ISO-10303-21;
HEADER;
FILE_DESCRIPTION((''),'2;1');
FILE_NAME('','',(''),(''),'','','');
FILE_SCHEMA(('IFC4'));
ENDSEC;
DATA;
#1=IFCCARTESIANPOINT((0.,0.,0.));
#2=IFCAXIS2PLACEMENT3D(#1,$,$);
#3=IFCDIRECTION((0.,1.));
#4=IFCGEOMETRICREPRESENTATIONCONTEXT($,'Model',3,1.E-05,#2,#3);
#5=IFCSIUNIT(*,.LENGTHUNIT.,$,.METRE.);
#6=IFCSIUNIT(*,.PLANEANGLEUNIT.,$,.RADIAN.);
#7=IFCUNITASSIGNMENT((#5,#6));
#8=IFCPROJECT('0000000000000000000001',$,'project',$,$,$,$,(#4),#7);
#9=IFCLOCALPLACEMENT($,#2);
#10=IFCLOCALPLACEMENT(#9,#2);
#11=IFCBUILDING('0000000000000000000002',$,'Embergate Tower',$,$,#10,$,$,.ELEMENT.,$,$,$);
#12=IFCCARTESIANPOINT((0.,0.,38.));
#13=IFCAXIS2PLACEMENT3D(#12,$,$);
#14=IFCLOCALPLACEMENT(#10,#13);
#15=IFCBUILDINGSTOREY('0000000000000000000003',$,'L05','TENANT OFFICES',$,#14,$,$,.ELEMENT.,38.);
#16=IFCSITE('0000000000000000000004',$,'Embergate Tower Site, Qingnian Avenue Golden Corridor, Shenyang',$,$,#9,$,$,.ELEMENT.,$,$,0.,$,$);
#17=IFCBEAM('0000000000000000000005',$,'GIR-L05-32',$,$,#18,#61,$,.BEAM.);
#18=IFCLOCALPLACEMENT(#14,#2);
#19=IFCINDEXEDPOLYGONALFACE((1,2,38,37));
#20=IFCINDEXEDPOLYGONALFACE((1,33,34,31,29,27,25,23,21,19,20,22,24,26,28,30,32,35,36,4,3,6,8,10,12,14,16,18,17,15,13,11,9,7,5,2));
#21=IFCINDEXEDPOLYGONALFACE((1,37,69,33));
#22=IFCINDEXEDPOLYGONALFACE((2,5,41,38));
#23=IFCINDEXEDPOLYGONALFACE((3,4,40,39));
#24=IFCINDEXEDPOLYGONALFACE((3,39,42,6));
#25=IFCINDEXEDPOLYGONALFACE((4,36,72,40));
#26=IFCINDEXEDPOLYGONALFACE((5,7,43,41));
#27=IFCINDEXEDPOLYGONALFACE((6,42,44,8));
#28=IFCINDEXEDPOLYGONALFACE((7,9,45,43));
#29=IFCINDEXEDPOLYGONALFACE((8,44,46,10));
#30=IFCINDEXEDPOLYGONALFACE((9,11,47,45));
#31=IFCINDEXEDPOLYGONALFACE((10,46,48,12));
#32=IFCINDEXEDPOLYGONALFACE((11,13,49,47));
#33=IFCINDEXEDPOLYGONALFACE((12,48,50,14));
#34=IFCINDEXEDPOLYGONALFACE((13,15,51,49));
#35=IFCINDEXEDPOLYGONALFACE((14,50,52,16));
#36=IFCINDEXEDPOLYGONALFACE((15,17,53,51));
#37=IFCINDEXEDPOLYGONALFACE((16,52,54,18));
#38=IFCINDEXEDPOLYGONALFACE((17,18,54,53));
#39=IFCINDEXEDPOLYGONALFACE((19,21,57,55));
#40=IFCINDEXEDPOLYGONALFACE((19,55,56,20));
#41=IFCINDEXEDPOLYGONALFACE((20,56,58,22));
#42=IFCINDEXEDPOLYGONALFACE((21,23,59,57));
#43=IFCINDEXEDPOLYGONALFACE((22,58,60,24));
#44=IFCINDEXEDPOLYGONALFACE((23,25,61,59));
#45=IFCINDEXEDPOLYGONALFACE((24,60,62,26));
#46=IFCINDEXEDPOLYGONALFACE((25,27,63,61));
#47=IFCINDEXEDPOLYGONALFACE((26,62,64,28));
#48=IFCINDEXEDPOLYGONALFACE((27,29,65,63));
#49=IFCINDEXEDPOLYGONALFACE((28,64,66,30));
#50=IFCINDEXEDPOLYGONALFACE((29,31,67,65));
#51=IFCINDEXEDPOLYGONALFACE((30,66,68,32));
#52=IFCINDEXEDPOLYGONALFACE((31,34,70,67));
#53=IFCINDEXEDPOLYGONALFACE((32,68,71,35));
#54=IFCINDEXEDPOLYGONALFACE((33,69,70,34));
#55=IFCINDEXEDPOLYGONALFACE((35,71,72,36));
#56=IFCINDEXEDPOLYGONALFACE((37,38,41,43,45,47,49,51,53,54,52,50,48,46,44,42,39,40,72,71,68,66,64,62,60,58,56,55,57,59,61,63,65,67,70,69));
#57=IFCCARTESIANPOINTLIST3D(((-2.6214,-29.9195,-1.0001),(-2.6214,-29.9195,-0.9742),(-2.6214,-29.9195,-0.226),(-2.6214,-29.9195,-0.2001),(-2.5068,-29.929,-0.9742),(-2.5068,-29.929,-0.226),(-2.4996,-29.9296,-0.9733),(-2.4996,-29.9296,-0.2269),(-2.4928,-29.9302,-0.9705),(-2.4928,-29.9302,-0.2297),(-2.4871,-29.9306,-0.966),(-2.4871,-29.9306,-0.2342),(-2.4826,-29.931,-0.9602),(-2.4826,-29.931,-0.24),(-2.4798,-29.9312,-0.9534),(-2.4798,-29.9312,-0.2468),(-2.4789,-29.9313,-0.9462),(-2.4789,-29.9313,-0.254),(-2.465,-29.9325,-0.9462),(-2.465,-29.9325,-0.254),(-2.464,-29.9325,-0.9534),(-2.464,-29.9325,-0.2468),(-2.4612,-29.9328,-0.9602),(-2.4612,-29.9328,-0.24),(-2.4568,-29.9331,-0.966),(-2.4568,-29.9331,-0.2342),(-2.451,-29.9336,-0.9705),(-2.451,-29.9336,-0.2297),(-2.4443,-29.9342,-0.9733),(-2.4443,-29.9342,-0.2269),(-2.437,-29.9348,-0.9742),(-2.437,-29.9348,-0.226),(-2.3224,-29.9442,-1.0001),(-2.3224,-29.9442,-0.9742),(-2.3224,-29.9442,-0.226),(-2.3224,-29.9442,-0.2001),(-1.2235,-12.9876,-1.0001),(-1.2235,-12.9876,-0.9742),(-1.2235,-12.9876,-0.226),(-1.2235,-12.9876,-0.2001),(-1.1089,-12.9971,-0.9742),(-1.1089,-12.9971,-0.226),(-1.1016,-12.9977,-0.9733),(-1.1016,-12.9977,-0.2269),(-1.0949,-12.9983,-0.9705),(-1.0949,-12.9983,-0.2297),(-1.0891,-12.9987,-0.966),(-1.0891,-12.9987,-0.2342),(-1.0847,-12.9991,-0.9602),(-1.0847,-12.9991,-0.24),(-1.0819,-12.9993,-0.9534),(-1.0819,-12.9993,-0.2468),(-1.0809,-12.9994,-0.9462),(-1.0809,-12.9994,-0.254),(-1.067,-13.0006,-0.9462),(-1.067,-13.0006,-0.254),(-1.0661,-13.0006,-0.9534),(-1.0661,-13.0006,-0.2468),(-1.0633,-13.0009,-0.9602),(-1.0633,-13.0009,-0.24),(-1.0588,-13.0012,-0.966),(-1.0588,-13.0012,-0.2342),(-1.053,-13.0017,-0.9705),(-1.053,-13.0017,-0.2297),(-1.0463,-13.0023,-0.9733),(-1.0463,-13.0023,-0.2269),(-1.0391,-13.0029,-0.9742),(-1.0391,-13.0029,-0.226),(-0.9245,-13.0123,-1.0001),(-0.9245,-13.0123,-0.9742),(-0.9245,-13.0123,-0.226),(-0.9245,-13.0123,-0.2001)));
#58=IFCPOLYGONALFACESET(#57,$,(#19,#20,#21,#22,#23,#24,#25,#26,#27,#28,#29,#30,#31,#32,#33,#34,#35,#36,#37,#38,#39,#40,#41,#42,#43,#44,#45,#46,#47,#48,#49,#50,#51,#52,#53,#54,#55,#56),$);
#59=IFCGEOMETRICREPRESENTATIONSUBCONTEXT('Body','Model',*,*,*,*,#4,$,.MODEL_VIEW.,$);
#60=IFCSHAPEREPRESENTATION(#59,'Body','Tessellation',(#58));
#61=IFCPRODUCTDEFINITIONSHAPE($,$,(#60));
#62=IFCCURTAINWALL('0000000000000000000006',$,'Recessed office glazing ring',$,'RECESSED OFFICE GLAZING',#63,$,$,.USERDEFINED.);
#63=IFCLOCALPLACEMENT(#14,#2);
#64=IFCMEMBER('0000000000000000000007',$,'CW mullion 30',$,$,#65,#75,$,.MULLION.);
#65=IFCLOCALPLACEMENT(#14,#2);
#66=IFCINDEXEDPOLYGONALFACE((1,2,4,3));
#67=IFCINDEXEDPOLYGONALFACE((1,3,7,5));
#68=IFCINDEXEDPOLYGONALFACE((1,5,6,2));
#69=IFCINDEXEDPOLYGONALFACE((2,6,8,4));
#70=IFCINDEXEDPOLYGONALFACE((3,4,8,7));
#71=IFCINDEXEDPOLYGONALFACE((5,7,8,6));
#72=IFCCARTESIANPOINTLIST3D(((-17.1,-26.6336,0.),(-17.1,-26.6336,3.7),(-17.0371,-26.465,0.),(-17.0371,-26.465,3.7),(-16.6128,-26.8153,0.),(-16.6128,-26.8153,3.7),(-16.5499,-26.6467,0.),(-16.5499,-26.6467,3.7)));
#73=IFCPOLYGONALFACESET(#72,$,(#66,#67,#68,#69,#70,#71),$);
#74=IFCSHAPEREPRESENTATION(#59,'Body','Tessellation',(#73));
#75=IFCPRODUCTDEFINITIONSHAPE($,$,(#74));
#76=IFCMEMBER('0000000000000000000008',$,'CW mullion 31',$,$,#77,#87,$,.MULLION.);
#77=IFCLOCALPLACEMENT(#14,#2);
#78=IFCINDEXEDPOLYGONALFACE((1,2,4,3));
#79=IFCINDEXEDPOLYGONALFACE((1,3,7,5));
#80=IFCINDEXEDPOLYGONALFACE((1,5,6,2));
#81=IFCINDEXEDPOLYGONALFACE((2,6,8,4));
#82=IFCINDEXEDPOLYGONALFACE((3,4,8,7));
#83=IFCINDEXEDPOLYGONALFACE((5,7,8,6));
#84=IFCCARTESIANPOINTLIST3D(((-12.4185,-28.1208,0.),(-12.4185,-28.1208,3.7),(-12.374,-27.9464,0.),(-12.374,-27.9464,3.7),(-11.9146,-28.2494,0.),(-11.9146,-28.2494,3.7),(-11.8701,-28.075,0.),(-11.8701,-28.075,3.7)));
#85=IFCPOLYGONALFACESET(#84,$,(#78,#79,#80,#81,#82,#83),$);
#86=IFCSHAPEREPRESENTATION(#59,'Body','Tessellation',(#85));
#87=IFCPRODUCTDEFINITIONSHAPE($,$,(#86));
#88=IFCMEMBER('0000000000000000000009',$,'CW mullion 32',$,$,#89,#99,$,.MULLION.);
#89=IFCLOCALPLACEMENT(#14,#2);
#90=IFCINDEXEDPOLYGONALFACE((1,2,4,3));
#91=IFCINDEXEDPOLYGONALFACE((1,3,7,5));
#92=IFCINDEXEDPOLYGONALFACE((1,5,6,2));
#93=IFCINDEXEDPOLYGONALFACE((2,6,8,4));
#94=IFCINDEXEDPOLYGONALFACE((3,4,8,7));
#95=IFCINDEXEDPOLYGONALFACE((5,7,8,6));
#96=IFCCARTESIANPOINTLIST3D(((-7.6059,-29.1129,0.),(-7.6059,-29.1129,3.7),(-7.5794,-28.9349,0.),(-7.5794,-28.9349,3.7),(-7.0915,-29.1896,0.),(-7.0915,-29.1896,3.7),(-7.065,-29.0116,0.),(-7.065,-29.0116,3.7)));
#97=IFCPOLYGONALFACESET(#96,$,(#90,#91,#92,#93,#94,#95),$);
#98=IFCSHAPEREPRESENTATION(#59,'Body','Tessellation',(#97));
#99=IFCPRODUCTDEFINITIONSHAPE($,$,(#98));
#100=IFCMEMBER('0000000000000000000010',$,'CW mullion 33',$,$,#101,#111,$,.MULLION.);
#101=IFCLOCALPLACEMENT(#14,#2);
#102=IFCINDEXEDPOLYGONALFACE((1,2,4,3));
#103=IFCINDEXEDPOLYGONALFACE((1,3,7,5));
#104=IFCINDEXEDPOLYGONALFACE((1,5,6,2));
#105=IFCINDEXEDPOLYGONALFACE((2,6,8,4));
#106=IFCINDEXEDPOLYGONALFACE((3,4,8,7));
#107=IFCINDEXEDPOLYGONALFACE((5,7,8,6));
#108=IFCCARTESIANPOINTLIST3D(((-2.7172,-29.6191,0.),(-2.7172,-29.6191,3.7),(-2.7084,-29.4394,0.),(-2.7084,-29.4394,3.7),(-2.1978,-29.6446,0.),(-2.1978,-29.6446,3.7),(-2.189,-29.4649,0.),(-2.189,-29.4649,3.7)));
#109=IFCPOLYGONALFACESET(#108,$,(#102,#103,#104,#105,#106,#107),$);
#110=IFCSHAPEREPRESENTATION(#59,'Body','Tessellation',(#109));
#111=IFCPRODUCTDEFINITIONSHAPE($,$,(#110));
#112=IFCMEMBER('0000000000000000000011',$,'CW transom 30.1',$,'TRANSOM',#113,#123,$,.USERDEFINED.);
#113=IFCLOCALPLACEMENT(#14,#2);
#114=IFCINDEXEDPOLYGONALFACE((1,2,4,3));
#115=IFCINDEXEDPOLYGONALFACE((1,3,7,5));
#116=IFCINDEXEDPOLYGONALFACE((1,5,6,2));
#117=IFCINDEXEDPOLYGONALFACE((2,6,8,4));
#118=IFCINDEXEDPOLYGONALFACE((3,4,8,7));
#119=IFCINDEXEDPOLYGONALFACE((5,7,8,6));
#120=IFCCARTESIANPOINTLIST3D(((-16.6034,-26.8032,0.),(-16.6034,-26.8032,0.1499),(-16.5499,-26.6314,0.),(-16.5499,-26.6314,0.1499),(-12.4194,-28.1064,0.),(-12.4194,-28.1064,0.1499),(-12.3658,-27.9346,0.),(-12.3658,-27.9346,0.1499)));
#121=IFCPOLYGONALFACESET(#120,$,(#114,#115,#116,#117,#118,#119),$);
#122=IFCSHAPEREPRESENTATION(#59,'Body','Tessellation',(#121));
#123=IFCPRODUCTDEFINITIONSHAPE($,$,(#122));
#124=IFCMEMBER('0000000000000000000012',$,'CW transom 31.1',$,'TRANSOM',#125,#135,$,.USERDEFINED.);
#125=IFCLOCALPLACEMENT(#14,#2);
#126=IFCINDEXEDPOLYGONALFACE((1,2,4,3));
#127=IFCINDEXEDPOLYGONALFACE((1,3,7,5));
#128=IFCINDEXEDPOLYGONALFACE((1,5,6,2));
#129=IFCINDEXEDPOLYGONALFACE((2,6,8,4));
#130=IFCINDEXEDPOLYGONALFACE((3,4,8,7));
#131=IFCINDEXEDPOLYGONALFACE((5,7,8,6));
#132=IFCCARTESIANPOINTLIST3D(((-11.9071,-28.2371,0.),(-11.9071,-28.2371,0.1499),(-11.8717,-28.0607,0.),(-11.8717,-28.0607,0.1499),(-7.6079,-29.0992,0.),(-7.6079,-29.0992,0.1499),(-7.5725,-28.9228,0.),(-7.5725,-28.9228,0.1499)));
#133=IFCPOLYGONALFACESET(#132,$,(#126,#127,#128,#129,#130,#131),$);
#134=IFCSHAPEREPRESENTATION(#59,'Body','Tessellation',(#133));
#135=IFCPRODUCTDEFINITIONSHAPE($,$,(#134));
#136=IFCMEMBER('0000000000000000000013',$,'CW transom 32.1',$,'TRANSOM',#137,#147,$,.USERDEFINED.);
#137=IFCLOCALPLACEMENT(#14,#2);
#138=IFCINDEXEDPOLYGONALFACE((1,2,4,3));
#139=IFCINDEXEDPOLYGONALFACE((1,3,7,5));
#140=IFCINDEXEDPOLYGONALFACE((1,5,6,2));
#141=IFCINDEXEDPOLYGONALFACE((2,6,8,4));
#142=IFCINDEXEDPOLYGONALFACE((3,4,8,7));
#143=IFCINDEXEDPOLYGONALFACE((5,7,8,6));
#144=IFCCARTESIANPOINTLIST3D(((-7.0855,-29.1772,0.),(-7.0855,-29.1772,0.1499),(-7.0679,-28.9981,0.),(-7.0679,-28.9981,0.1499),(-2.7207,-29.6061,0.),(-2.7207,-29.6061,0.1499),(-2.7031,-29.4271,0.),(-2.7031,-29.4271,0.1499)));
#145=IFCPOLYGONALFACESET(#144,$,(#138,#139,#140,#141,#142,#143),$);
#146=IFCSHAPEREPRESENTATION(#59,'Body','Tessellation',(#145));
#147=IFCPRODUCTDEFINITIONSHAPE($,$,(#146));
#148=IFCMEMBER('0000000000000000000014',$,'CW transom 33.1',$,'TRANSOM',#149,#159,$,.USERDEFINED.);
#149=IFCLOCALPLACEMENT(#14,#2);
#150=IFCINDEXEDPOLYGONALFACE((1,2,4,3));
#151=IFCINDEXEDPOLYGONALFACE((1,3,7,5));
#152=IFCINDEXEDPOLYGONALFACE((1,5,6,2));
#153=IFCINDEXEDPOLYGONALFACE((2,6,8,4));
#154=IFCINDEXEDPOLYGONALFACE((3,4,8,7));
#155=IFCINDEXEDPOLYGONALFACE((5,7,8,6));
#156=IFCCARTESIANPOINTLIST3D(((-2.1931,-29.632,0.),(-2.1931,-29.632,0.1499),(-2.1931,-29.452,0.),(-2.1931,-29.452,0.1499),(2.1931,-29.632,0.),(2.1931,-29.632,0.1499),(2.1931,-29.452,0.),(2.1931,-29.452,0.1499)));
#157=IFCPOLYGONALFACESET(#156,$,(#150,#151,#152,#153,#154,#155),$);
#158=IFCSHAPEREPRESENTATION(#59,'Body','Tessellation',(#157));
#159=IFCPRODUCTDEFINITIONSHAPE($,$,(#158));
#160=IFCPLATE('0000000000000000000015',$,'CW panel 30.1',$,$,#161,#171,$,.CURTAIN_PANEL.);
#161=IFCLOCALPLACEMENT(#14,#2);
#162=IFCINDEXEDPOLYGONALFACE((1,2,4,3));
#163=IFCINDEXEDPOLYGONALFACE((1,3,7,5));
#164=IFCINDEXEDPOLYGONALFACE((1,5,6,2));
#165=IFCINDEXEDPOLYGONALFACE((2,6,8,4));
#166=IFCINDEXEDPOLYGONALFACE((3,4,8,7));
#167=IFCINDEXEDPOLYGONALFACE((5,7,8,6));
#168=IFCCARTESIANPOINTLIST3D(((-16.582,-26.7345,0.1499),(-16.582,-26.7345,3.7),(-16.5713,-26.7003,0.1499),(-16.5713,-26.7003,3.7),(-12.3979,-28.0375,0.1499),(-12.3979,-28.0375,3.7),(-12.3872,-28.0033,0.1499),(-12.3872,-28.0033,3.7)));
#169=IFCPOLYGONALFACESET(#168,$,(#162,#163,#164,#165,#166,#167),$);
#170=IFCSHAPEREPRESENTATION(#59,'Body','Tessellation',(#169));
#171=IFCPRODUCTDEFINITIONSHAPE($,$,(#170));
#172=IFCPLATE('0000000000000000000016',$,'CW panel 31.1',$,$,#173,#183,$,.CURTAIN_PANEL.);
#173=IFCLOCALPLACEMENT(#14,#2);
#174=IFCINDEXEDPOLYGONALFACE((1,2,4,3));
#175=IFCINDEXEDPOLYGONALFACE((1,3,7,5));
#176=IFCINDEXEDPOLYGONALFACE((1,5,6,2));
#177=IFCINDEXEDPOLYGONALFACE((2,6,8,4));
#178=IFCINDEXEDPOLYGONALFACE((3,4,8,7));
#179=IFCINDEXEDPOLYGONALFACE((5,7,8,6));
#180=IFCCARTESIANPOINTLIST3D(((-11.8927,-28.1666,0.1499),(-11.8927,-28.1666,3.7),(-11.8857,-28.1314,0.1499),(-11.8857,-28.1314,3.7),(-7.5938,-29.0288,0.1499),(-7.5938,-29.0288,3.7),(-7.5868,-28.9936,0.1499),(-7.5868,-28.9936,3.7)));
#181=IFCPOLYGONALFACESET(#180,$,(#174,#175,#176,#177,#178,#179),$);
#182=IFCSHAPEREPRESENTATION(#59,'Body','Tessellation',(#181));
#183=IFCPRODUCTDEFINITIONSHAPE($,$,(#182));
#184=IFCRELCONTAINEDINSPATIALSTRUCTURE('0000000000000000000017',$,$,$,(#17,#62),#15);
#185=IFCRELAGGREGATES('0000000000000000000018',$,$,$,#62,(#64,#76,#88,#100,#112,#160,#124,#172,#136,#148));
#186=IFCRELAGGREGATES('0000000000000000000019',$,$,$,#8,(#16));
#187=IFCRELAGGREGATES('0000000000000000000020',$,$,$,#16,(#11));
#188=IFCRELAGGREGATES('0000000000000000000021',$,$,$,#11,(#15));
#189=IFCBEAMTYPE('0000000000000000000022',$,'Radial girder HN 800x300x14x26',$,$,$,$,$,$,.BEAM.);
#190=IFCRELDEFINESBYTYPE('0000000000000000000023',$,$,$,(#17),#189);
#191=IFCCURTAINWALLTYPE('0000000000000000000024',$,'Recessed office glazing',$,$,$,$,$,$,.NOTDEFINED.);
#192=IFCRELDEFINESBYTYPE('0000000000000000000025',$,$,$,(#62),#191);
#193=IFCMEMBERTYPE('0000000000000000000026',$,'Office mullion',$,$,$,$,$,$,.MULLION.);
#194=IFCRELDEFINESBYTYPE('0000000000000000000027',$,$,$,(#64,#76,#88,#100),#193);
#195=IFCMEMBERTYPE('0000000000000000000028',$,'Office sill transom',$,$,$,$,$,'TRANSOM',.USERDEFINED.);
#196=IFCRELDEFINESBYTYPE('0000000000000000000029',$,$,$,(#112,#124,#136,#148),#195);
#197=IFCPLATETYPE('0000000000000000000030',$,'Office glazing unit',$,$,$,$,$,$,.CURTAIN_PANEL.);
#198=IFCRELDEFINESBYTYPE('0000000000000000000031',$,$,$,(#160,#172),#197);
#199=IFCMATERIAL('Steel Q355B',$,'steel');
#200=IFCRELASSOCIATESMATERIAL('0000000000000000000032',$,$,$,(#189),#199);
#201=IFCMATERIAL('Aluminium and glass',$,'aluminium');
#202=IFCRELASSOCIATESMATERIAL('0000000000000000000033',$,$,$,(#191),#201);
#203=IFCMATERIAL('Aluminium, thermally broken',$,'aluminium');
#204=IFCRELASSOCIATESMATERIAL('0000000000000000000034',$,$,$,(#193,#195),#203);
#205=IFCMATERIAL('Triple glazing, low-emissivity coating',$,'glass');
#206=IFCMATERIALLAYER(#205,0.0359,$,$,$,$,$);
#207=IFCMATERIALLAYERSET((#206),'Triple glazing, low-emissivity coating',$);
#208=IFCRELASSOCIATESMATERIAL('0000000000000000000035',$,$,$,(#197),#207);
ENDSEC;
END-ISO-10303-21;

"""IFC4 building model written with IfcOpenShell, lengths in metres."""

from ifc_helpers import new_model, si_unit, direction, frame, origin, origin_2d, place, context, subcontext, project, spatial, rectangle, i_section, extrude, source, transform, mapped, material, layer, layer_set, material_profile, profile_set, type_object, element, aggregate, save


model = new_model("IFC4")

# Units and contexts
model_context = context("Model", 3, precision=1e-05, world=origin(), true_north=direction((0.0, 1.0)))
body_context = subcontext(model_context, "Body", "Model", "MODEL_VIEW")
ifc_project = project(units=[si_unit("LENGTHUNIT", "METRE"), si_unit("PLANEANGLEUNIT", "RADIAN")], contexts=[model_context])

# Site, building, storey
site_placement = place(None, origin())
site = spatial("IfcSite", under=ifc_project, at=site_placement, Name="Embergate Tower Site, Qingnian Avenue Golden Corridor, Shenyang", CompositionType="ELEMENT", RefElevation=0.0)
building_placement = place(site_placement, origin())
building = spatial("IfcBuilding", under=site, at=building_placement, Name="Embergate Tower", CompositionType="ELEMENT")
storey_placement = place(building_placement, frame((0.0, 0.0, 38.0)))
storey = spatial("IfcBuildingStorey", under=building, at=storey_placement, Name="L05", Description="TENANT OFFICES", CompositionType="ELEMENT", Elevation=38.0)

# Beam
ifc_material_1 = material(Name="Steel Q355B", Category="steel")
ifc_material_profile_1 = material_profile(ifc_material_1, i_section(OverallWidth=0.3, OverallDepth=0.8, WebThickness=0.0139, FlangeThickness=0.0259, FilletRadius=0.0281, at=origin_2d()), Name="HN 800x300x14x26")
ifc_profile_set_1 = profile_set([ifc_material_profile_1], Name="Steel Q355 grade B")
beam_type_1 = type_object("IfcBeamType", Name="Radial girder HN 800x300x14x26", PredefinedType="BEAM", material=ifc_profile_set_1)
shared_shape_1 = source(origin(), body_context, "Body", "SweptSolid", [
    extrude(i_section(OverallWidth=0.3, OverallDepth=0.8, WebThickness=0.0139, FlangeThickness=0.0259, FilletRadius=0.0281, at=origin_2d()), origin(), (0.0, 0.0, 1.0), 16.9895),
])
beam_1_placement = place(storey_placement, frame((-2.4719, -29.9319, -0.6001), z_axis=(0.082283, 0.996609, 0.0), x_axis=(-0.996609, 0.082283, 0.0)))
element("IfcBeam", 1, at=beam_1_placement, inside=storey, type_object=beam_type_1, Name="GIR-L05-32", PredefinedType="BEAM", context=body_context, shape_type="MappedRepresentation", body=[
    mapped(shared_shape_1, transform((0.0, 0.0, 0.0))),
])

# Curtain wall, members, plates
ifc_material_2 = material(Name="Aluminium and glass", Category="aluminium")
curtain_wall_type = type_object("IfcCurtainWallType", Name="Recessed office glazing", PredefinedType="NOTDEFINED", material=ifc_material_2)
curtain_wall_placement = place(storey_placement, origin())
curtain_wall = element("IfcCurtainWall", 2, at=curtain_wall_placement, inside=storey, type_object=curtain_wall_type, Name="Recessed office glazing ring", ObjectType="RECESSED OFFICE GLAZING", PredefinedType="USERDEFINED")
ifc_material_3 = material(Name="Aluminium, thermally broken", Category="aluminium")
ifc_material_profile_2 = material_profile(ifc_material_3, rectangle(XDim=0.1799, YDim=0.52, at=origin_2d()), Name="AL 520x180")
ifc_profile_set_2 = profile_set([ifc_material_profile_2], Name="Aluminium, thermally broken")
member_type_1 = type_object("IfcMemberType", Name="Office mullion", PredefinedType="MULLION", material=ifc_profile_set_2)
shared_shape_2 = source(origin(), body_context, "Body", "SweptSolid", [
    extrude(rectangle(XDim=0.1799, YDim=0.52, at=origin_2d()), origin(), (0.0, 0.0, 1.0), 3.7),
])
member_1_placement = place(storey_placement, frame((-16.825, -26.6401, 0.0), z_axis=(0.0, 0.0, 1.0), x_axis=(0.349501, 0.936936, 0.0)))
member_1 = element("IfcMember", 3, at=member_1_placement, type_object=member_type_1, Name="CW mullion 30", PredefinedType="MULLION", context=body_context, shape_type="MappedRepresentation", body=[
    mapped(shared_shape_2, transform((0.0, 0.0, 0.0))),
])
member_2_placement = place(storey_placement, frame((-12.1443, -28.0979, 0.0), z_axis=(0.0, 0.0, 1.0), x_axis=(0.24731, 0.968936, 0.0)))
member_2 = element("IfcMember", 4, at=member_2_placement, type_object=member_type_1, Name="CW mullion 31", PredefinedType="MULLION", context=body_context, shape_type="MappedRepresentation", body=[
    mapped(shared_shape_2, transform((0.0, 0.0, 0.0))),
])
member_3_placement = place(storey_placement, frame((-7.3354, -29.0623, 0.0), z_axis=(0.0, 0.0, 1.0), x_axis=(0.147411, 0.989075, 0.0)))
member_3 = element("IfcMember", 5, at=member_3_placement, type_object=member_type_1, Name="CW mullion 32", PredefinedType="MULLION", context=body_context, shape_type="MappedRepresentation", body=[
    mapped(shared_shape_2, transform((0.0, 0.0, 0.0))),
])
member_4_placement = place(storey_placement, frame((-2.4531, -29.542, 0.0), z_axis=(0.0, 0.0, 1.0), x_axis=(0.048972, 0.9988, 0.0)))
member_4 = element("IfcMember", 6, at=member_4_placement, type_object=member_type_1, Name="CW mullion 33", PredefinedType="MULLION", context=body_context, shape_type="MappedRepresentation", body=[
    mapped(shared_shape_2, transform((0.0, 0.0, 0.0))),
])
ifc_material_profile_3 = material_profile(ifc_material_3, rectangle(XDim=0.1799, YDim=0.1499, at=origin_2d()), Name="AL 150x180")
ifc_profile_set_3 = profile_set([ifc_material_profile_3], Name="Aluminium, thermally broken")
member_type_2 = type_object("IfcMemberType", Name="Office sill transom", ElementType="TRANSOM", PredefinedType="USERDEFINED", material=ifc_profile_set_3)
shared_shape_3 = source(origin(), body_context, "Body", "SweptSolid", [
    extrude(rectangle(XDim=0.1799, YDim=0.1499, at=origin_2d()), origin(), (0.0, 0.0, 1.0), 4.3823),
])
member_5_placement = place(storey_placement, frame((-16.5767, -26.7173, 0.075), z_axis=(0.954759, -0.29738, 0.0), x_axis=(0.29738, 0.954759, 0.0)))
member_5 = element("IfcMember", 7, at=member_5_placement, type_object=member_type_2, Name="CW transom 30.1", ObjectType="TRANSOM", PredefinedType="USERDEFINED", context=body_context, shape_type="MappedRepresentation", body=[
    mapped(shared_shape_3, transform((0.0, 0.0, 0.0))),
])
shared_shape_4 = source(origin(), body_context, "Body", "SweptSolid", [
    extrude(rectangle(XDim=0.1799, YDim=0.1499, at=origin_2d()), origin(), (0.0, 0.0, 1.0), 4.3848),
])
member_6_placement = place(storey_placement, frame((-11.8894, -28.1489, 0.075), z_axis=(0.980482, -0.196609, 0.0), x_axis=(0.196609, 0.980482, 0.0)))
member_6 = element("IfcMember", 8, at=member_6_placement, type_object=member_type_2, Name="CW transom 31.1", ObjectType="TRANSOM", PredefinedType="USERDEFINED", context=body_context, shape_type="MappedRepresentation", body=[
    mapped(shared_shape_4, transform((0.0, 0.0, 0.0))),
])
shared_shape_5 = source(origin(), body_context, "Body", "SweptSolid", [
    extrude(rectangle(XDim=0.1799, YDim=0.1499, at=origin_2d()), origin(), (0.0, 0.0, 1.0), 4.3857),
])
member_7_placement = place(storey_placement, frame((-7.0767, -29.0876, 0.075), z_axis=(0.995205, -0.097806, 0.0), x_axis=(0.097806, 0.995205, 0.0)))
member_7 = element("IfcMember", 9, at=member_7_placement, type_object=member_type_2, Name="CW transom 32.1", ObjectType="TRANSOM", PredefinedType="USERDEFINED", context=body_context, shape_type="MappedRepresentation", body=[
    mapped(shared_shape_5, transform((0.0, 0.0, 0.0))),
])
shared_shape_6 = source(origin(), body_context, "Body", "SweptSolid", [
    extrude(rectangle(XDim=0.1799, YDim=0.1499, at=origin_2d()), origin(), (0.0, 0.0, 1.0), 4.3862),
])
member_8_placement = place(storey_placement, frame((-2.1931, -29.542, 0.075), z_axis=(1.0, 0.0, 0.0), x_axis=(0.0, 1.0, 0.0)))
member_8 = element("IfcMember", 10, at=member_8_placement, type_object=member_type_2, Name="CW transom 33.1", ObjectType="TRANSOM", PredefinedType="USERDEFINED", context=body_context, shape_type="MappedRepresentation", body=[
    mapped(shared_shape_6, transform((0.0, 0.0, 0.0))),
])
ifc_material_4 = material(Name="Triple glazing, low-emissivity coating", Category="glass")
ifc_layer_1 = layer(ifc_material_4, 0.0359)
ifc_layer_set_1 = layer_set([ifc_layer_1], Name="Triple glazing, low-emissivity coating")
plate_type = type_object("IfcPlateType", Name="Office glazing unit", PredefinedType="CURTAIN_PANEL", material=ifc_layer_set_1)
shared_shape_7 = source(origin(), body_context, "Body", "SweptSolid", [
    extrude(rectangle(XDim=4.3823, YDim=0.0359, at=origin_2d()), origin(), (0.0, 0.0, 1.0), 3.55),
])
plate_1_placement = place(storey_placement, frame((-14.4846, -27.3689, 0.1499), z_axis=(0.0, 0.0, 1.0), x_axis=(0.954773, -0.297337, 0.0)))
plate_1 = element("IfcPlate", 11, at=plate_1_placement, type_object=plate_type, Name="CW panel 30.1", PredefinedType="CURTAIN_PANEL", context=body_context, shape_type="MappedRepresentation", body=[
    mapped(shared_shape_7, transform((0.0, 0.0, 0.0))),
])
shared_shape_8 = source(origin(), body_context, "Body", "SweptSolid", [
    extrude(rectangle(XDim=4.3845, YDim=0.0359, at=origin_2d()), origin(), (0.0, 0.0, 1.0), 3.55),
])
plate_2_placement = place(storey_placement, frame((-9.7397, -28.5801, 0.1499), z_axis=(0.0, 0.0, 1.0), x_axis=(0.980476, -0.196639, 0.0)))
plate_2 = element("IfcPlate", 12, at=plate_2_placement, type_object=plate_type, Name="CW panel 31.1", PredefinedType="CURTAIN_PANEL", context=body_context, shape_type="MappedRepresentation", body=[
    mapped(shared_shape_8, transform((0.0, 0.0, 0.0))),
])
aggregate(curtain_wall, [member_1, member_2, member_3, member_4, member_5, plate_1, member_6, plate_2, member_7, member_8])

save(model, "model.ifc")
